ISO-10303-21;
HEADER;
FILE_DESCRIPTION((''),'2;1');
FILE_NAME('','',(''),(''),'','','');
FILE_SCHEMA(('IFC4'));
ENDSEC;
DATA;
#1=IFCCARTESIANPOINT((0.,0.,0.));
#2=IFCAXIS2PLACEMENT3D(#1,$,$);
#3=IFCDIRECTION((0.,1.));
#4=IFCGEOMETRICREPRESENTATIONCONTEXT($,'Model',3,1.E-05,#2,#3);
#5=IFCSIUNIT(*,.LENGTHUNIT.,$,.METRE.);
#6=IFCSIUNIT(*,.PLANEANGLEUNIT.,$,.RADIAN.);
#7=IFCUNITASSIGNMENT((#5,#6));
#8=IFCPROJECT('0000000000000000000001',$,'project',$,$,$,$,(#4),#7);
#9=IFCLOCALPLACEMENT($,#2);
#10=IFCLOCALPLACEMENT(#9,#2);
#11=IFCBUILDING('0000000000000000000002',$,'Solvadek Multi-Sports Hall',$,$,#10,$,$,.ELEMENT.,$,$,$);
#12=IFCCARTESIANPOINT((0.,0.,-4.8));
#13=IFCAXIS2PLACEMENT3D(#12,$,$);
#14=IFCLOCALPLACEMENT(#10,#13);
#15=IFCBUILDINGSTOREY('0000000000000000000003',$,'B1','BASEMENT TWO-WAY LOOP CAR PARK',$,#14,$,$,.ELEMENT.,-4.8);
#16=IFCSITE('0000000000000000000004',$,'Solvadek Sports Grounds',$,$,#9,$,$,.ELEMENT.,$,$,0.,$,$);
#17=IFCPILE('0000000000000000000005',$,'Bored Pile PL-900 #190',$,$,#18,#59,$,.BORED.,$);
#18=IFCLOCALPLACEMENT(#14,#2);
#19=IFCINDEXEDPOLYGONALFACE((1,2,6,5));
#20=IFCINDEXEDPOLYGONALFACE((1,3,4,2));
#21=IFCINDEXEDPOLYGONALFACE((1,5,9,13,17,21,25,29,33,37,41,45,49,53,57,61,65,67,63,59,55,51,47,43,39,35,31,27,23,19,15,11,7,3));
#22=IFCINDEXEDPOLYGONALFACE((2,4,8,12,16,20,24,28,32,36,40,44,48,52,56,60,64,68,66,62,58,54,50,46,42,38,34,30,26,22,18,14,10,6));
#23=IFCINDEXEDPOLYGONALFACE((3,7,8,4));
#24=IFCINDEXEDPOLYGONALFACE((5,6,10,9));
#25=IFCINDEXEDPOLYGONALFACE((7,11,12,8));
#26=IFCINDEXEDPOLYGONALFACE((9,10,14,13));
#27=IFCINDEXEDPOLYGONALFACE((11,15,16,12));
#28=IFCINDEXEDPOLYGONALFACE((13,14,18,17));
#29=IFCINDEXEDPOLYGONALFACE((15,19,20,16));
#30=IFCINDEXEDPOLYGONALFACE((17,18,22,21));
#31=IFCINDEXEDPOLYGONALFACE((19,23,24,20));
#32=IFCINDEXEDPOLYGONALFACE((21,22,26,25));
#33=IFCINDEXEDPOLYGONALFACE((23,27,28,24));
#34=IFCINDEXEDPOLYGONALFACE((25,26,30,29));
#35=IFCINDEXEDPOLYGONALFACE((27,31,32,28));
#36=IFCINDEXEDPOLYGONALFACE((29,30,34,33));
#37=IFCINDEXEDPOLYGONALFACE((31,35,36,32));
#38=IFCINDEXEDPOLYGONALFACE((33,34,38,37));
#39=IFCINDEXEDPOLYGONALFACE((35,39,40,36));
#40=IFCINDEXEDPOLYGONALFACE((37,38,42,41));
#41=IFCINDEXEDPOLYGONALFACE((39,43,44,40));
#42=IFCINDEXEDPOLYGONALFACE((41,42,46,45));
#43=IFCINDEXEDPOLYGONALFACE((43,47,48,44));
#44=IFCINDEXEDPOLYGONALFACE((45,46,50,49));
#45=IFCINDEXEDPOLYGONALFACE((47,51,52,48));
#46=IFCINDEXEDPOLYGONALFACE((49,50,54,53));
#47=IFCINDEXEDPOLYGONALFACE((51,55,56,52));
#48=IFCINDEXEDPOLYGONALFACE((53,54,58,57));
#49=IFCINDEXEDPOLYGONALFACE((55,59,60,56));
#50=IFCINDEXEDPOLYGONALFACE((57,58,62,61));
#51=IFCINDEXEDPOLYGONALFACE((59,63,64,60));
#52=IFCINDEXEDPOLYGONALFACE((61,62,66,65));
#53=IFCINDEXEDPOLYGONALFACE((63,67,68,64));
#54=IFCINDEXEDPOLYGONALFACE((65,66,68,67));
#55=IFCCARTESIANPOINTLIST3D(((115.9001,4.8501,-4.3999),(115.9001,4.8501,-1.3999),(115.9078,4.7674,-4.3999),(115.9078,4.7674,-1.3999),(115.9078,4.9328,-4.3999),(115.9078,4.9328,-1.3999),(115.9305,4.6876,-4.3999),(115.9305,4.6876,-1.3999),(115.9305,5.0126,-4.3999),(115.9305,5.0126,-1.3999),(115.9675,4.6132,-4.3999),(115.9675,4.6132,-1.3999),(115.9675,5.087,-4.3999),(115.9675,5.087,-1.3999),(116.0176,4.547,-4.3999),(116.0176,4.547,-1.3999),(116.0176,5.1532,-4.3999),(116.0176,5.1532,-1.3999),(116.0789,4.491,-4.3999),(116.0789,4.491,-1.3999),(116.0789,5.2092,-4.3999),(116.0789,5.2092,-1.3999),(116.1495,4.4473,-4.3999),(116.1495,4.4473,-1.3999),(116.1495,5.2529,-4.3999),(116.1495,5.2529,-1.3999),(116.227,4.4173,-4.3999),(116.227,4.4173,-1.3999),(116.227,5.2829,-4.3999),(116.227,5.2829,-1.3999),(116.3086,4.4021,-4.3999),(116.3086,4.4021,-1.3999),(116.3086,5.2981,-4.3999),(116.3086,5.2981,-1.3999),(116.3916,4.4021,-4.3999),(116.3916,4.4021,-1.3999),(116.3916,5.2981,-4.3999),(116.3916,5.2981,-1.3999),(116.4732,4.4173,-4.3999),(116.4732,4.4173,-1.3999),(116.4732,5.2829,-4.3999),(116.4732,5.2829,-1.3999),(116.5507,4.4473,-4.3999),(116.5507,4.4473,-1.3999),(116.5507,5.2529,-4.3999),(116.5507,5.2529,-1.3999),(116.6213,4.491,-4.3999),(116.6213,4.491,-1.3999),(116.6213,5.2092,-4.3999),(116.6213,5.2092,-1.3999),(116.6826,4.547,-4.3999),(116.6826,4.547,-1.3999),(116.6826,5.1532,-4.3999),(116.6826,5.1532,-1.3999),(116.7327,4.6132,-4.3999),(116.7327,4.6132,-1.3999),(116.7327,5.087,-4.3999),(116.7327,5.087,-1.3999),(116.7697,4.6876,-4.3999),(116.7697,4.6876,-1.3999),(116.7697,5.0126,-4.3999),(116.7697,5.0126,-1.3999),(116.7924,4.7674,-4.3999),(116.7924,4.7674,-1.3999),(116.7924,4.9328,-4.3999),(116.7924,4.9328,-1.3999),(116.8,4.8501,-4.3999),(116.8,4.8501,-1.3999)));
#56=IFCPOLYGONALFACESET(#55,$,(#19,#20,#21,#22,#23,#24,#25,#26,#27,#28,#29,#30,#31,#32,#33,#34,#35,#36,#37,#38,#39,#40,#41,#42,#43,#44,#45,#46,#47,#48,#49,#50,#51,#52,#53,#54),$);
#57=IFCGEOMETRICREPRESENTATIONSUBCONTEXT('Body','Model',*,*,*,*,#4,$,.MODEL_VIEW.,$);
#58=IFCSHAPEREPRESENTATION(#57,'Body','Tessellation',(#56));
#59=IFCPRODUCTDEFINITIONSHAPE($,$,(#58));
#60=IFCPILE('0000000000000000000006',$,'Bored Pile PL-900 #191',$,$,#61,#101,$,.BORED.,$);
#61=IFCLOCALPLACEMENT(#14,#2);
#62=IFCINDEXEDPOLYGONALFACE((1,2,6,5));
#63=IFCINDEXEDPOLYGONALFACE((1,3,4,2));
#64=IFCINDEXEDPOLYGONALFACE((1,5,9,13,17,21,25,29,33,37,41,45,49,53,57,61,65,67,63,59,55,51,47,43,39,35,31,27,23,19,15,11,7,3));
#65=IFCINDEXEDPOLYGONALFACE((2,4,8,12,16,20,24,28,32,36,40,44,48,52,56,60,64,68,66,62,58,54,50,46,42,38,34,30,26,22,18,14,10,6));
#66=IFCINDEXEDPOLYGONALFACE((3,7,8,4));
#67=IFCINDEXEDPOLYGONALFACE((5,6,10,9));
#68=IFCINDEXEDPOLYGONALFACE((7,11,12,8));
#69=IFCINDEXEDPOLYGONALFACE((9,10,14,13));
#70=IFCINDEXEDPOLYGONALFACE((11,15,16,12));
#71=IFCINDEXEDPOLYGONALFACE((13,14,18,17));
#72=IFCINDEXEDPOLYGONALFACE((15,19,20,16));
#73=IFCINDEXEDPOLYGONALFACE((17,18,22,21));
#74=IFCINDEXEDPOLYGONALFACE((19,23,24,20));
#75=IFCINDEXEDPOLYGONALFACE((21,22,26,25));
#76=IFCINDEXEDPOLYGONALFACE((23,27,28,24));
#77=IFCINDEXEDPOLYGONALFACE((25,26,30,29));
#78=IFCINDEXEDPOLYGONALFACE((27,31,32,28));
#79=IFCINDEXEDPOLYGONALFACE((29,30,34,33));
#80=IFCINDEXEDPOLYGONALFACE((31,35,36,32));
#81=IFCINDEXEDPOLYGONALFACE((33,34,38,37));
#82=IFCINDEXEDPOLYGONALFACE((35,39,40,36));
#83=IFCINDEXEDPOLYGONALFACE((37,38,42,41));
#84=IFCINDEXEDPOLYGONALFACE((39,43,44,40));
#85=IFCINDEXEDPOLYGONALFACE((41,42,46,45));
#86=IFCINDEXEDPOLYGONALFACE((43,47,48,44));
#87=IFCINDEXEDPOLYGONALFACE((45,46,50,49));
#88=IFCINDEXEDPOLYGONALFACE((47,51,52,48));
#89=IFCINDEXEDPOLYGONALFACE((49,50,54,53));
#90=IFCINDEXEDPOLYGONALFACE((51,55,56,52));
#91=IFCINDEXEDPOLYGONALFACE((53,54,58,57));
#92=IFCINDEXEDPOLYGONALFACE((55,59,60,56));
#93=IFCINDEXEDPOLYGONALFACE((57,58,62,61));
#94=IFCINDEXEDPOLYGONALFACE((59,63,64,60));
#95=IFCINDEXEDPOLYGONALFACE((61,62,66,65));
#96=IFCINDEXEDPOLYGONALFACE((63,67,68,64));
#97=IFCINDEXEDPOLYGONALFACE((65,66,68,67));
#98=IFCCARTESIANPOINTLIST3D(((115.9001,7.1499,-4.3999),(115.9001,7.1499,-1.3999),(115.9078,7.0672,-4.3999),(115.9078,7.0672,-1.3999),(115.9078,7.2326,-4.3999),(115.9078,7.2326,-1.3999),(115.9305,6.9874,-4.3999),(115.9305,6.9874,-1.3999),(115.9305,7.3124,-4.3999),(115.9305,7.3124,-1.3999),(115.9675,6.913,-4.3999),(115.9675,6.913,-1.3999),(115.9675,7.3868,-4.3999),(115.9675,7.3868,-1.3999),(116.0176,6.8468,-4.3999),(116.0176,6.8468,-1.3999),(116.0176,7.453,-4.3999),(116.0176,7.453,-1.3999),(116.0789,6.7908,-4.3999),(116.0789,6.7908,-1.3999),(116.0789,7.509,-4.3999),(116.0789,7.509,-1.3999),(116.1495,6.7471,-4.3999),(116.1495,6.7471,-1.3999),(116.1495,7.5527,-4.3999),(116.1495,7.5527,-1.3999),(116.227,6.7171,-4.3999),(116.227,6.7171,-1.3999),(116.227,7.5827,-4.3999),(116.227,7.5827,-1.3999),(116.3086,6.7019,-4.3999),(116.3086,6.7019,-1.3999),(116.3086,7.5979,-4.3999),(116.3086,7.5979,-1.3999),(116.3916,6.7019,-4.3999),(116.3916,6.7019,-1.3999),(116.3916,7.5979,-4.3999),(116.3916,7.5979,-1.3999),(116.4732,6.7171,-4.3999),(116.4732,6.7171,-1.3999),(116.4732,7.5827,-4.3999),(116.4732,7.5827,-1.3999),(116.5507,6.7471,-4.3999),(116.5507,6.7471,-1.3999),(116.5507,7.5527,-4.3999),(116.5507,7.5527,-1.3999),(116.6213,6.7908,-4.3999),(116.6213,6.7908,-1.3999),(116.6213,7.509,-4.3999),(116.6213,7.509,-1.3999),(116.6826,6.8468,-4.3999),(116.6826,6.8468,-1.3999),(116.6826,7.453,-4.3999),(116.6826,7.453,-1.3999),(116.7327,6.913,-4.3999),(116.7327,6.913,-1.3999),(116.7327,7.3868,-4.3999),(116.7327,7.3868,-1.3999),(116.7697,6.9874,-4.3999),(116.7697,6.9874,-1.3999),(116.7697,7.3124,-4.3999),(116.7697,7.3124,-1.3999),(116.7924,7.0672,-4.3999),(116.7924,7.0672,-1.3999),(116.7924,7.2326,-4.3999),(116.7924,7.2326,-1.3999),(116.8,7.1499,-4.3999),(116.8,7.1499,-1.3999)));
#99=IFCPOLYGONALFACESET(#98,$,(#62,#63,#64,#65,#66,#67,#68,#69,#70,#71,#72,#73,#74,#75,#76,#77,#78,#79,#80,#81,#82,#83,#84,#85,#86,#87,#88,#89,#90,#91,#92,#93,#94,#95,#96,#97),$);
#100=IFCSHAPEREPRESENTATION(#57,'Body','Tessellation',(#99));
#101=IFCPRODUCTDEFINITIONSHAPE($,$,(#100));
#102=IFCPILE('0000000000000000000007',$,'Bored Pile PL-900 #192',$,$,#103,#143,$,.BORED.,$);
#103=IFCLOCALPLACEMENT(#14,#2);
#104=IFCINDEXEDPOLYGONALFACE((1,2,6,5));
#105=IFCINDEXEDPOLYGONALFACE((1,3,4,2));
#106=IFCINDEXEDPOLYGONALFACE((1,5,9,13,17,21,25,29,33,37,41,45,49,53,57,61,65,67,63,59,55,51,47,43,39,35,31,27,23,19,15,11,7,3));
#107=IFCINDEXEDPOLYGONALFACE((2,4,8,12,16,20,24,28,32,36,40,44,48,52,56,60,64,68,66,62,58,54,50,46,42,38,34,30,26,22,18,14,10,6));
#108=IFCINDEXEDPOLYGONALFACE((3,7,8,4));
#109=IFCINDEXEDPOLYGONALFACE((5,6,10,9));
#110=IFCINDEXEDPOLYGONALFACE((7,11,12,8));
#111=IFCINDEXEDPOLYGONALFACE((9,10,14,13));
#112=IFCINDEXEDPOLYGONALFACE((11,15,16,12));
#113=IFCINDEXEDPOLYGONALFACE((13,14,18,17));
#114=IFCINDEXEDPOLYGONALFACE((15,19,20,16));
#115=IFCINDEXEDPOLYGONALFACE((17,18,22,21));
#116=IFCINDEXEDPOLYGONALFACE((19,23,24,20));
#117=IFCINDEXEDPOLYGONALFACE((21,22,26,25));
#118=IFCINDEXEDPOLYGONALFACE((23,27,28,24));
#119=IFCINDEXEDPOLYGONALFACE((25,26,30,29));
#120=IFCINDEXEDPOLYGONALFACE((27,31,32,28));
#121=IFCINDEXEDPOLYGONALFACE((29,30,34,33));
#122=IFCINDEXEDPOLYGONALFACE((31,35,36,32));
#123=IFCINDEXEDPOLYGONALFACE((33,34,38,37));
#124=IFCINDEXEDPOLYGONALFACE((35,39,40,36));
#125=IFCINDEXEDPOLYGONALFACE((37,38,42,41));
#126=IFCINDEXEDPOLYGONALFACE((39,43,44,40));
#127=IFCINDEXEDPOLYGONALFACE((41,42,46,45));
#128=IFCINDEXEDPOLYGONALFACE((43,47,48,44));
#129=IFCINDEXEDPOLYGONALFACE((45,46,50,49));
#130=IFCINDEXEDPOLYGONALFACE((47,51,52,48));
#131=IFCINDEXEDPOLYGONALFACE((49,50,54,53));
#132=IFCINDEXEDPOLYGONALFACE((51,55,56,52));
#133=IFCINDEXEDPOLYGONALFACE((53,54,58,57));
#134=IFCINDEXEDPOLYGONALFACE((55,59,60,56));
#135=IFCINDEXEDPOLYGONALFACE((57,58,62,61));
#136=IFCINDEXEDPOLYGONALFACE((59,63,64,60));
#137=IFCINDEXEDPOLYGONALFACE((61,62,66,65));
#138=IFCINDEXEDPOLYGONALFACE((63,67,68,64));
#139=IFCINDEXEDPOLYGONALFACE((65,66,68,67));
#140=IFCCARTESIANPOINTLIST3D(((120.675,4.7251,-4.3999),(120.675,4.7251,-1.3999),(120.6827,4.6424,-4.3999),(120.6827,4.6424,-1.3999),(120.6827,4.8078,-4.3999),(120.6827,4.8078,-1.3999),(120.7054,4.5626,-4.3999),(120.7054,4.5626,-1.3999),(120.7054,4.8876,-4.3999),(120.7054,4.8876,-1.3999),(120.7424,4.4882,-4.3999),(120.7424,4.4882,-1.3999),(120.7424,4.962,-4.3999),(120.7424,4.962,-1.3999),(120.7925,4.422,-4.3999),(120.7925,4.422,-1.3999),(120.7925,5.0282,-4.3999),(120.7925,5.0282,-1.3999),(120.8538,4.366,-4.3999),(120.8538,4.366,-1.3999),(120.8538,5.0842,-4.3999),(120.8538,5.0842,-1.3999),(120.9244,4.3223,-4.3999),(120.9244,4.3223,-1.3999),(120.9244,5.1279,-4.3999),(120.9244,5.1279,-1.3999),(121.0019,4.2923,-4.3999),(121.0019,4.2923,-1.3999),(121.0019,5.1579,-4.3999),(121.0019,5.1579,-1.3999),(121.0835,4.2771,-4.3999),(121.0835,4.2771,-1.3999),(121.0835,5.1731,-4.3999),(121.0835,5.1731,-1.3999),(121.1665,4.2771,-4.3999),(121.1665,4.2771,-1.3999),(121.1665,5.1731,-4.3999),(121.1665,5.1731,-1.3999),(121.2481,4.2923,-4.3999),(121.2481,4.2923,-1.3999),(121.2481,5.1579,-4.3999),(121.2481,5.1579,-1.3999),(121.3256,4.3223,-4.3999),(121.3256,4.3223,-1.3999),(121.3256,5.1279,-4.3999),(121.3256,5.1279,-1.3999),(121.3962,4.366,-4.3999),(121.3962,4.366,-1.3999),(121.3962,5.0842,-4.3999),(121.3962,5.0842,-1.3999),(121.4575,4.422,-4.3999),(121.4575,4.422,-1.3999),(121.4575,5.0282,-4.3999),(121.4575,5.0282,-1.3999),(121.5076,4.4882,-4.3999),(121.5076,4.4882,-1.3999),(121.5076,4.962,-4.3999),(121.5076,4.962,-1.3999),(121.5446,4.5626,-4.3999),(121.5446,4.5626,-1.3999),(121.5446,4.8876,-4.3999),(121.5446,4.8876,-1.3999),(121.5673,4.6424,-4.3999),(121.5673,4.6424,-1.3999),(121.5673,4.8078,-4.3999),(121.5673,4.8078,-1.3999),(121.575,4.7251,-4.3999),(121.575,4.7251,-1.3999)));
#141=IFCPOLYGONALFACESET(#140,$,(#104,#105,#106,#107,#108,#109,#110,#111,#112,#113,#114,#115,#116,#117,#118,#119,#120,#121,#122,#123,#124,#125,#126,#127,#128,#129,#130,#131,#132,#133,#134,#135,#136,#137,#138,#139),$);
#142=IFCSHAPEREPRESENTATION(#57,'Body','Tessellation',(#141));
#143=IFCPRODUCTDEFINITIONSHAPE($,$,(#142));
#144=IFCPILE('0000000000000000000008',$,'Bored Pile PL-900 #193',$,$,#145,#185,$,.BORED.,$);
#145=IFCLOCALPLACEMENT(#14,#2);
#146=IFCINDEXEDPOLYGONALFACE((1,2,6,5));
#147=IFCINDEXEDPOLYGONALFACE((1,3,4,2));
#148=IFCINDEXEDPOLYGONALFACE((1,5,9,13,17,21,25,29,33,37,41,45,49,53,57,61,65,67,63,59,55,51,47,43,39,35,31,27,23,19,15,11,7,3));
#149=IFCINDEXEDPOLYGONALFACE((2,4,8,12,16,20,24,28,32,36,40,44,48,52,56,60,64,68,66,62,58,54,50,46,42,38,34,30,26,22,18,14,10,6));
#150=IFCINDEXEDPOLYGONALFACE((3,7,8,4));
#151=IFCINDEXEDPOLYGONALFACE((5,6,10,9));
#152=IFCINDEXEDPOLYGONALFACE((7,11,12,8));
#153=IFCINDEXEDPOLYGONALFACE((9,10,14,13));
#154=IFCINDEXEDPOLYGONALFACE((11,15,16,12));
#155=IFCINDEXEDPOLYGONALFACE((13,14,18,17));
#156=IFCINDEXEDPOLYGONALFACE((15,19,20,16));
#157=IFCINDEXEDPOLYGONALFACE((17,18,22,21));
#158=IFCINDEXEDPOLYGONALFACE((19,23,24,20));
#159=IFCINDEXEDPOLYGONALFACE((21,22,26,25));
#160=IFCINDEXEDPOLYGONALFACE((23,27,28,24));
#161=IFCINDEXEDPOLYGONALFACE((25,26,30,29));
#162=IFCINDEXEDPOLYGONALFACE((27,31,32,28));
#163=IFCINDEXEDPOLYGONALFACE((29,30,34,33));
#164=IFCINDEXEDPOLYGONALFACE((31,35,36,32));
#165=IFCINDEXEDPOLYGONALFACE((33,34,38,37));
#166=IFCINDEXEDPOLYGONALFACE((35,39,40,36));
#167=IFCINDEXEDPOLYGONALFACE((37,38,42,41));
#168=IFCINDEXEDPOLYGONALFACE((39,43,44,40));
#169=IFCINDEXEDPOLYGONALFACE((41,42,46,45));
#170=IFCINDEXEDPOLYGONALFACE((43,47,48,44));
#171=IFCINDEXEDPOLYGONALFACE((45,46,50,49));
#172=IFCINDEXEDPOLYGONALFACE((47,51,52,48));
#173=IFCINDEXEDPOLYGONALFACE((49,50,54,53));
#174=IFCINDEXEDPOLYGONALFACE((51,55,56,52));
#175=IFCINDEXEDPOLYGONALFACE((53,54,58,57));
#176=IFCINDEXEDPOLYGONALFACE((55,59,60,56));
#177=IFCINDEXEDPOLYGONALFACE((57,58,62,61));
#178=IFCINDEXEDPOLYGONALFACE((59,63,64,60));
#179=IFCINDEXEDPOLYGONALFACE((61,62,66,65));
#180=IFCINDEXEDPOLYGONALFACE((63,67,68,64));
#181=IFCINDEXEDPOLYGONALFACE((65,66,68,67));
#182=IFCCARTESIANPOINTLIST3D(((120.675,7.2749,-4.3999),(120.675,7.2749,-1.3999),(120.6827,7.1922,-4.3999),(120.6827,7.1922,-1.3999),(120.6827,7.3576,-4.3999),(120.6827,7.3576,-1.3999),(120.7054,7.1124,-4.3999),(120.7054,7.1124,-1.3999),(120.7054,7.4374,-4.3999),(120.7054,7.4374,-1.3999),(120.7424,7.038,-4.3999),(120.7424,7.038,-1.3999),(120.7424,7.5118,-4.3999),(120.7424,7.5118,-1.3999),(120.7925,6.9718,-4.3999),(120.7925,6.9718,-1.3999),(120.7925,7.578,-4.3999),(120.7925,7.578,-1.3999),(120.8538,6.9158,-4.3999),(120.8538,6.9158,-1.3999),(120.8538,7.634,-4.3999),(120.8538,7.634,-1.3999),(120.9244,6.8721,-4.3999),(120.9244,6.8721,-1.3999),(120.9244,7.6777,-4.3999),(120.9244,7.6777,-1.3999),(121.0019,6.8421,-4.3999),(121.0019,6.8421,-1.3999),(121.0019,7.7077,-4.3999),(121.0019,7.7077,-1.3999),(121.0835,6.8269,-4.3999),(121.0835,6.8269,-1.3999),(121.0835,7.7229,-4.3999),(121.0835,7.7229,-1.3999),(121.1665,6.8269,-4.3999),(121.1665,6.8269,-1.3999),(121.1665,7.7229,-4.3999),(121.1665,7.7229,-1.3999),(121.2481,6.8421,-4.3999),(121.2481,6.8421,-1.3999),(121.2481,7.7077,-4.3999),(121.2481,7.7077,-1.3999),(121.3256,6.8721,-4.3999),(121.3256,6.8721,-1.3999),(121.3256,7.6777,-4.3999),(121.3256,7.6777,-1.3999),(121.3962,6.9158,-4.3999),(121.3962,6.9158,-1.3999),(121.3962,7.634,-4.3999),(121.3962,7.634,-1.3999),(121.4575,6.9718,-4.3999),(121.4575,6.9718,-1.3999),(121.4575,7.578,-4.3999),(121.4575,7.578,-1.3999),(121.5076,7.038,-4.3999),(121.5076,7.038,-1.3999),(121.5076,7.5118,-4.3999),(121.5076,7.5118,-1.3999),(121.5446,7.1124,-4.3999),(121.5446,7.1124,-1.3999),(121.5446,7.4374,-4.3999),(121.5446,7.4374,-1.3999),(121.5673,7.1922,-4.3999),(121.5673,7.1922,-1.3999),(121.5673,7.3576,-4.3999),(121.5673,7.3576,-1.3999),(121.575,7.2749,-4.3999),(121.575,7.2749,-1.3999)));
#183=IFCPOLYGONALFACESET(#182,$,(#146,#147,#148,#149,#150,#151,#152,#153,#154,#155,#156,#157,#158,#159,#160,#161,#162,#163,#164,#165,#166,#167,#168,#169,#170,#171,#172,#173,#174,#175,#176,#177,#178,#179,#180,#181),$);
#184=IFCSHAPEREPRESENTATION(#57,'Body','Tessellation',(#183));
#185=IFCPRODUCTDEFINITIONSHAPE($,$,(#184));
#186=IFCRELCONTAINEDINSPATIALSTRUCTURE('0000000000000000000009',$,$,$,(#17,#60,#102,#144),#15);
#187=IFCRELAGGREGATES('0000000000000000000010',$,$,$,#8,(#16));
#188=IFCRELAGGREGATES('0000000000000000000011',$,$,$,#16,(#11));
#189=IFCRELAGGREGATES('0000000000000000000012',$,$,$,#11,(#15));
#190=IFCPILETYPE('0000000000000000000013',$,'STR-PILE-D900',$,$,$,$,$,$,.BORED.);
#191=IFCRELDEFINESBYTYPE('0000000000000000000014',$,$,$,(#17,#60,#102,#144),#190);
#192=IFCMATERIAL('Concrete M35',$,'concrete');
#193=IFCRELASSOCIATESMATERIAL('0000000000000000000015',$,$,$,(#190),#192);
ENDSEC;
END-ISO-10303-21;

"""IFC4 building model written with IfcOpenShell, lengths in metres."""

from ifc_helpers import new_model, si_unit, direction, frame, origin, origin_2d, place, context, subcontext, project, spatial, circle, extrude, material, material_profile, profile_set, type_object, element, save


model = new_model("IFC4")

# Units and contexts
model_context = context("Model", 3, precision=1e-05, world=origin(), true_north=direction((0.0, 1.0)))
body_context = subcontext(model_context, "Body", "Model", "MODEL_VIEW")
ifc_project = project(units=[si_unit("LENGTHUNIT", "METRE"), si_unit("PLANEANGLEUNIT", "RADIAN")], contexts=[model_context])

# Site, building, storey
site_placement = place(None, origin())
site = spatial("IfcSite", under=ifc_project, at=site_placement, Name="Solvadek Sports Grounds", CompositionType="ELEMENT", RefElevation=0.0)
building_placement = place(site_placement, origin())
building = spatial("IfcBuilding", under=site, at=building_placement, Name="Solvadek Multi-Sports Hall", CompositionType="ELEMENT")
storey_placement = place(building_placement, frame((0.0, 0.0, -4.8)))
storey = spatial("IfcBuildingStorey", under=building, at=storey_placement, Name="B1", Description="BASEMENT TWO-WAY LOOP CAR PARK", CompositionType="ELEMENT", Elevation=-4.8)

# Piles
ifc_material_1 = material(Name="Concrete M35", Category="concrete")
ifc_material_profile_1 = material_profile(ifc_material_1, circle(Radius=0.45, at=origin_2d()), Name="BORED PILE D900")
ifc_profile_set_1 = profile_set([ifc_material_profile_1], Name="Concrete M35")
pile_type_1 = type_object("IfcPileType", Name="STR-PILE-D900", PredefinedType="BORED", material=ifc_profile_set_1)
for number, where, z_axis, x_axis, name in (
    (1, (116.3501, 4.8501, -1.3999), (0.0, 0.0, -1.0), (1.0, 0.0, 0.0), "Bored Pile PL-900 #190"),
    (2, (116.3501, 7.1499, -1.3999), (0.0, 0.0, -1.0), (1.0, 0.0, 0.0), "Bored Pile PL-900 #191"),
    (3, (121.125, 4.7251, -1.3999), (0.0, 0.0, -1.0), (1.0, 0.0, 0.0), "Bored Pile PL-900 #192"),
    (4, (121.125, 7.2749, -1.3999), (0.0, 0.0, -1.0), (1.0, 0.0, 0.0), "Bored Pile PL-900 #193"),
):
    element("IfcPile", number, at=place(storey_placement, frame(where, z_axis=z_axis, x_axis=x_axis)), inside=storey, type_object=pile_type_1, Name=name, PredefinedType="BORED", context=body_context, shape_type="SweptSolid", body=[
        extrude(circle(Radius=0.45, at=origin_2d()), origin(), (0.0, 0.0, 1.0), 3.0),
    ])

save(model, "model.ifc")
